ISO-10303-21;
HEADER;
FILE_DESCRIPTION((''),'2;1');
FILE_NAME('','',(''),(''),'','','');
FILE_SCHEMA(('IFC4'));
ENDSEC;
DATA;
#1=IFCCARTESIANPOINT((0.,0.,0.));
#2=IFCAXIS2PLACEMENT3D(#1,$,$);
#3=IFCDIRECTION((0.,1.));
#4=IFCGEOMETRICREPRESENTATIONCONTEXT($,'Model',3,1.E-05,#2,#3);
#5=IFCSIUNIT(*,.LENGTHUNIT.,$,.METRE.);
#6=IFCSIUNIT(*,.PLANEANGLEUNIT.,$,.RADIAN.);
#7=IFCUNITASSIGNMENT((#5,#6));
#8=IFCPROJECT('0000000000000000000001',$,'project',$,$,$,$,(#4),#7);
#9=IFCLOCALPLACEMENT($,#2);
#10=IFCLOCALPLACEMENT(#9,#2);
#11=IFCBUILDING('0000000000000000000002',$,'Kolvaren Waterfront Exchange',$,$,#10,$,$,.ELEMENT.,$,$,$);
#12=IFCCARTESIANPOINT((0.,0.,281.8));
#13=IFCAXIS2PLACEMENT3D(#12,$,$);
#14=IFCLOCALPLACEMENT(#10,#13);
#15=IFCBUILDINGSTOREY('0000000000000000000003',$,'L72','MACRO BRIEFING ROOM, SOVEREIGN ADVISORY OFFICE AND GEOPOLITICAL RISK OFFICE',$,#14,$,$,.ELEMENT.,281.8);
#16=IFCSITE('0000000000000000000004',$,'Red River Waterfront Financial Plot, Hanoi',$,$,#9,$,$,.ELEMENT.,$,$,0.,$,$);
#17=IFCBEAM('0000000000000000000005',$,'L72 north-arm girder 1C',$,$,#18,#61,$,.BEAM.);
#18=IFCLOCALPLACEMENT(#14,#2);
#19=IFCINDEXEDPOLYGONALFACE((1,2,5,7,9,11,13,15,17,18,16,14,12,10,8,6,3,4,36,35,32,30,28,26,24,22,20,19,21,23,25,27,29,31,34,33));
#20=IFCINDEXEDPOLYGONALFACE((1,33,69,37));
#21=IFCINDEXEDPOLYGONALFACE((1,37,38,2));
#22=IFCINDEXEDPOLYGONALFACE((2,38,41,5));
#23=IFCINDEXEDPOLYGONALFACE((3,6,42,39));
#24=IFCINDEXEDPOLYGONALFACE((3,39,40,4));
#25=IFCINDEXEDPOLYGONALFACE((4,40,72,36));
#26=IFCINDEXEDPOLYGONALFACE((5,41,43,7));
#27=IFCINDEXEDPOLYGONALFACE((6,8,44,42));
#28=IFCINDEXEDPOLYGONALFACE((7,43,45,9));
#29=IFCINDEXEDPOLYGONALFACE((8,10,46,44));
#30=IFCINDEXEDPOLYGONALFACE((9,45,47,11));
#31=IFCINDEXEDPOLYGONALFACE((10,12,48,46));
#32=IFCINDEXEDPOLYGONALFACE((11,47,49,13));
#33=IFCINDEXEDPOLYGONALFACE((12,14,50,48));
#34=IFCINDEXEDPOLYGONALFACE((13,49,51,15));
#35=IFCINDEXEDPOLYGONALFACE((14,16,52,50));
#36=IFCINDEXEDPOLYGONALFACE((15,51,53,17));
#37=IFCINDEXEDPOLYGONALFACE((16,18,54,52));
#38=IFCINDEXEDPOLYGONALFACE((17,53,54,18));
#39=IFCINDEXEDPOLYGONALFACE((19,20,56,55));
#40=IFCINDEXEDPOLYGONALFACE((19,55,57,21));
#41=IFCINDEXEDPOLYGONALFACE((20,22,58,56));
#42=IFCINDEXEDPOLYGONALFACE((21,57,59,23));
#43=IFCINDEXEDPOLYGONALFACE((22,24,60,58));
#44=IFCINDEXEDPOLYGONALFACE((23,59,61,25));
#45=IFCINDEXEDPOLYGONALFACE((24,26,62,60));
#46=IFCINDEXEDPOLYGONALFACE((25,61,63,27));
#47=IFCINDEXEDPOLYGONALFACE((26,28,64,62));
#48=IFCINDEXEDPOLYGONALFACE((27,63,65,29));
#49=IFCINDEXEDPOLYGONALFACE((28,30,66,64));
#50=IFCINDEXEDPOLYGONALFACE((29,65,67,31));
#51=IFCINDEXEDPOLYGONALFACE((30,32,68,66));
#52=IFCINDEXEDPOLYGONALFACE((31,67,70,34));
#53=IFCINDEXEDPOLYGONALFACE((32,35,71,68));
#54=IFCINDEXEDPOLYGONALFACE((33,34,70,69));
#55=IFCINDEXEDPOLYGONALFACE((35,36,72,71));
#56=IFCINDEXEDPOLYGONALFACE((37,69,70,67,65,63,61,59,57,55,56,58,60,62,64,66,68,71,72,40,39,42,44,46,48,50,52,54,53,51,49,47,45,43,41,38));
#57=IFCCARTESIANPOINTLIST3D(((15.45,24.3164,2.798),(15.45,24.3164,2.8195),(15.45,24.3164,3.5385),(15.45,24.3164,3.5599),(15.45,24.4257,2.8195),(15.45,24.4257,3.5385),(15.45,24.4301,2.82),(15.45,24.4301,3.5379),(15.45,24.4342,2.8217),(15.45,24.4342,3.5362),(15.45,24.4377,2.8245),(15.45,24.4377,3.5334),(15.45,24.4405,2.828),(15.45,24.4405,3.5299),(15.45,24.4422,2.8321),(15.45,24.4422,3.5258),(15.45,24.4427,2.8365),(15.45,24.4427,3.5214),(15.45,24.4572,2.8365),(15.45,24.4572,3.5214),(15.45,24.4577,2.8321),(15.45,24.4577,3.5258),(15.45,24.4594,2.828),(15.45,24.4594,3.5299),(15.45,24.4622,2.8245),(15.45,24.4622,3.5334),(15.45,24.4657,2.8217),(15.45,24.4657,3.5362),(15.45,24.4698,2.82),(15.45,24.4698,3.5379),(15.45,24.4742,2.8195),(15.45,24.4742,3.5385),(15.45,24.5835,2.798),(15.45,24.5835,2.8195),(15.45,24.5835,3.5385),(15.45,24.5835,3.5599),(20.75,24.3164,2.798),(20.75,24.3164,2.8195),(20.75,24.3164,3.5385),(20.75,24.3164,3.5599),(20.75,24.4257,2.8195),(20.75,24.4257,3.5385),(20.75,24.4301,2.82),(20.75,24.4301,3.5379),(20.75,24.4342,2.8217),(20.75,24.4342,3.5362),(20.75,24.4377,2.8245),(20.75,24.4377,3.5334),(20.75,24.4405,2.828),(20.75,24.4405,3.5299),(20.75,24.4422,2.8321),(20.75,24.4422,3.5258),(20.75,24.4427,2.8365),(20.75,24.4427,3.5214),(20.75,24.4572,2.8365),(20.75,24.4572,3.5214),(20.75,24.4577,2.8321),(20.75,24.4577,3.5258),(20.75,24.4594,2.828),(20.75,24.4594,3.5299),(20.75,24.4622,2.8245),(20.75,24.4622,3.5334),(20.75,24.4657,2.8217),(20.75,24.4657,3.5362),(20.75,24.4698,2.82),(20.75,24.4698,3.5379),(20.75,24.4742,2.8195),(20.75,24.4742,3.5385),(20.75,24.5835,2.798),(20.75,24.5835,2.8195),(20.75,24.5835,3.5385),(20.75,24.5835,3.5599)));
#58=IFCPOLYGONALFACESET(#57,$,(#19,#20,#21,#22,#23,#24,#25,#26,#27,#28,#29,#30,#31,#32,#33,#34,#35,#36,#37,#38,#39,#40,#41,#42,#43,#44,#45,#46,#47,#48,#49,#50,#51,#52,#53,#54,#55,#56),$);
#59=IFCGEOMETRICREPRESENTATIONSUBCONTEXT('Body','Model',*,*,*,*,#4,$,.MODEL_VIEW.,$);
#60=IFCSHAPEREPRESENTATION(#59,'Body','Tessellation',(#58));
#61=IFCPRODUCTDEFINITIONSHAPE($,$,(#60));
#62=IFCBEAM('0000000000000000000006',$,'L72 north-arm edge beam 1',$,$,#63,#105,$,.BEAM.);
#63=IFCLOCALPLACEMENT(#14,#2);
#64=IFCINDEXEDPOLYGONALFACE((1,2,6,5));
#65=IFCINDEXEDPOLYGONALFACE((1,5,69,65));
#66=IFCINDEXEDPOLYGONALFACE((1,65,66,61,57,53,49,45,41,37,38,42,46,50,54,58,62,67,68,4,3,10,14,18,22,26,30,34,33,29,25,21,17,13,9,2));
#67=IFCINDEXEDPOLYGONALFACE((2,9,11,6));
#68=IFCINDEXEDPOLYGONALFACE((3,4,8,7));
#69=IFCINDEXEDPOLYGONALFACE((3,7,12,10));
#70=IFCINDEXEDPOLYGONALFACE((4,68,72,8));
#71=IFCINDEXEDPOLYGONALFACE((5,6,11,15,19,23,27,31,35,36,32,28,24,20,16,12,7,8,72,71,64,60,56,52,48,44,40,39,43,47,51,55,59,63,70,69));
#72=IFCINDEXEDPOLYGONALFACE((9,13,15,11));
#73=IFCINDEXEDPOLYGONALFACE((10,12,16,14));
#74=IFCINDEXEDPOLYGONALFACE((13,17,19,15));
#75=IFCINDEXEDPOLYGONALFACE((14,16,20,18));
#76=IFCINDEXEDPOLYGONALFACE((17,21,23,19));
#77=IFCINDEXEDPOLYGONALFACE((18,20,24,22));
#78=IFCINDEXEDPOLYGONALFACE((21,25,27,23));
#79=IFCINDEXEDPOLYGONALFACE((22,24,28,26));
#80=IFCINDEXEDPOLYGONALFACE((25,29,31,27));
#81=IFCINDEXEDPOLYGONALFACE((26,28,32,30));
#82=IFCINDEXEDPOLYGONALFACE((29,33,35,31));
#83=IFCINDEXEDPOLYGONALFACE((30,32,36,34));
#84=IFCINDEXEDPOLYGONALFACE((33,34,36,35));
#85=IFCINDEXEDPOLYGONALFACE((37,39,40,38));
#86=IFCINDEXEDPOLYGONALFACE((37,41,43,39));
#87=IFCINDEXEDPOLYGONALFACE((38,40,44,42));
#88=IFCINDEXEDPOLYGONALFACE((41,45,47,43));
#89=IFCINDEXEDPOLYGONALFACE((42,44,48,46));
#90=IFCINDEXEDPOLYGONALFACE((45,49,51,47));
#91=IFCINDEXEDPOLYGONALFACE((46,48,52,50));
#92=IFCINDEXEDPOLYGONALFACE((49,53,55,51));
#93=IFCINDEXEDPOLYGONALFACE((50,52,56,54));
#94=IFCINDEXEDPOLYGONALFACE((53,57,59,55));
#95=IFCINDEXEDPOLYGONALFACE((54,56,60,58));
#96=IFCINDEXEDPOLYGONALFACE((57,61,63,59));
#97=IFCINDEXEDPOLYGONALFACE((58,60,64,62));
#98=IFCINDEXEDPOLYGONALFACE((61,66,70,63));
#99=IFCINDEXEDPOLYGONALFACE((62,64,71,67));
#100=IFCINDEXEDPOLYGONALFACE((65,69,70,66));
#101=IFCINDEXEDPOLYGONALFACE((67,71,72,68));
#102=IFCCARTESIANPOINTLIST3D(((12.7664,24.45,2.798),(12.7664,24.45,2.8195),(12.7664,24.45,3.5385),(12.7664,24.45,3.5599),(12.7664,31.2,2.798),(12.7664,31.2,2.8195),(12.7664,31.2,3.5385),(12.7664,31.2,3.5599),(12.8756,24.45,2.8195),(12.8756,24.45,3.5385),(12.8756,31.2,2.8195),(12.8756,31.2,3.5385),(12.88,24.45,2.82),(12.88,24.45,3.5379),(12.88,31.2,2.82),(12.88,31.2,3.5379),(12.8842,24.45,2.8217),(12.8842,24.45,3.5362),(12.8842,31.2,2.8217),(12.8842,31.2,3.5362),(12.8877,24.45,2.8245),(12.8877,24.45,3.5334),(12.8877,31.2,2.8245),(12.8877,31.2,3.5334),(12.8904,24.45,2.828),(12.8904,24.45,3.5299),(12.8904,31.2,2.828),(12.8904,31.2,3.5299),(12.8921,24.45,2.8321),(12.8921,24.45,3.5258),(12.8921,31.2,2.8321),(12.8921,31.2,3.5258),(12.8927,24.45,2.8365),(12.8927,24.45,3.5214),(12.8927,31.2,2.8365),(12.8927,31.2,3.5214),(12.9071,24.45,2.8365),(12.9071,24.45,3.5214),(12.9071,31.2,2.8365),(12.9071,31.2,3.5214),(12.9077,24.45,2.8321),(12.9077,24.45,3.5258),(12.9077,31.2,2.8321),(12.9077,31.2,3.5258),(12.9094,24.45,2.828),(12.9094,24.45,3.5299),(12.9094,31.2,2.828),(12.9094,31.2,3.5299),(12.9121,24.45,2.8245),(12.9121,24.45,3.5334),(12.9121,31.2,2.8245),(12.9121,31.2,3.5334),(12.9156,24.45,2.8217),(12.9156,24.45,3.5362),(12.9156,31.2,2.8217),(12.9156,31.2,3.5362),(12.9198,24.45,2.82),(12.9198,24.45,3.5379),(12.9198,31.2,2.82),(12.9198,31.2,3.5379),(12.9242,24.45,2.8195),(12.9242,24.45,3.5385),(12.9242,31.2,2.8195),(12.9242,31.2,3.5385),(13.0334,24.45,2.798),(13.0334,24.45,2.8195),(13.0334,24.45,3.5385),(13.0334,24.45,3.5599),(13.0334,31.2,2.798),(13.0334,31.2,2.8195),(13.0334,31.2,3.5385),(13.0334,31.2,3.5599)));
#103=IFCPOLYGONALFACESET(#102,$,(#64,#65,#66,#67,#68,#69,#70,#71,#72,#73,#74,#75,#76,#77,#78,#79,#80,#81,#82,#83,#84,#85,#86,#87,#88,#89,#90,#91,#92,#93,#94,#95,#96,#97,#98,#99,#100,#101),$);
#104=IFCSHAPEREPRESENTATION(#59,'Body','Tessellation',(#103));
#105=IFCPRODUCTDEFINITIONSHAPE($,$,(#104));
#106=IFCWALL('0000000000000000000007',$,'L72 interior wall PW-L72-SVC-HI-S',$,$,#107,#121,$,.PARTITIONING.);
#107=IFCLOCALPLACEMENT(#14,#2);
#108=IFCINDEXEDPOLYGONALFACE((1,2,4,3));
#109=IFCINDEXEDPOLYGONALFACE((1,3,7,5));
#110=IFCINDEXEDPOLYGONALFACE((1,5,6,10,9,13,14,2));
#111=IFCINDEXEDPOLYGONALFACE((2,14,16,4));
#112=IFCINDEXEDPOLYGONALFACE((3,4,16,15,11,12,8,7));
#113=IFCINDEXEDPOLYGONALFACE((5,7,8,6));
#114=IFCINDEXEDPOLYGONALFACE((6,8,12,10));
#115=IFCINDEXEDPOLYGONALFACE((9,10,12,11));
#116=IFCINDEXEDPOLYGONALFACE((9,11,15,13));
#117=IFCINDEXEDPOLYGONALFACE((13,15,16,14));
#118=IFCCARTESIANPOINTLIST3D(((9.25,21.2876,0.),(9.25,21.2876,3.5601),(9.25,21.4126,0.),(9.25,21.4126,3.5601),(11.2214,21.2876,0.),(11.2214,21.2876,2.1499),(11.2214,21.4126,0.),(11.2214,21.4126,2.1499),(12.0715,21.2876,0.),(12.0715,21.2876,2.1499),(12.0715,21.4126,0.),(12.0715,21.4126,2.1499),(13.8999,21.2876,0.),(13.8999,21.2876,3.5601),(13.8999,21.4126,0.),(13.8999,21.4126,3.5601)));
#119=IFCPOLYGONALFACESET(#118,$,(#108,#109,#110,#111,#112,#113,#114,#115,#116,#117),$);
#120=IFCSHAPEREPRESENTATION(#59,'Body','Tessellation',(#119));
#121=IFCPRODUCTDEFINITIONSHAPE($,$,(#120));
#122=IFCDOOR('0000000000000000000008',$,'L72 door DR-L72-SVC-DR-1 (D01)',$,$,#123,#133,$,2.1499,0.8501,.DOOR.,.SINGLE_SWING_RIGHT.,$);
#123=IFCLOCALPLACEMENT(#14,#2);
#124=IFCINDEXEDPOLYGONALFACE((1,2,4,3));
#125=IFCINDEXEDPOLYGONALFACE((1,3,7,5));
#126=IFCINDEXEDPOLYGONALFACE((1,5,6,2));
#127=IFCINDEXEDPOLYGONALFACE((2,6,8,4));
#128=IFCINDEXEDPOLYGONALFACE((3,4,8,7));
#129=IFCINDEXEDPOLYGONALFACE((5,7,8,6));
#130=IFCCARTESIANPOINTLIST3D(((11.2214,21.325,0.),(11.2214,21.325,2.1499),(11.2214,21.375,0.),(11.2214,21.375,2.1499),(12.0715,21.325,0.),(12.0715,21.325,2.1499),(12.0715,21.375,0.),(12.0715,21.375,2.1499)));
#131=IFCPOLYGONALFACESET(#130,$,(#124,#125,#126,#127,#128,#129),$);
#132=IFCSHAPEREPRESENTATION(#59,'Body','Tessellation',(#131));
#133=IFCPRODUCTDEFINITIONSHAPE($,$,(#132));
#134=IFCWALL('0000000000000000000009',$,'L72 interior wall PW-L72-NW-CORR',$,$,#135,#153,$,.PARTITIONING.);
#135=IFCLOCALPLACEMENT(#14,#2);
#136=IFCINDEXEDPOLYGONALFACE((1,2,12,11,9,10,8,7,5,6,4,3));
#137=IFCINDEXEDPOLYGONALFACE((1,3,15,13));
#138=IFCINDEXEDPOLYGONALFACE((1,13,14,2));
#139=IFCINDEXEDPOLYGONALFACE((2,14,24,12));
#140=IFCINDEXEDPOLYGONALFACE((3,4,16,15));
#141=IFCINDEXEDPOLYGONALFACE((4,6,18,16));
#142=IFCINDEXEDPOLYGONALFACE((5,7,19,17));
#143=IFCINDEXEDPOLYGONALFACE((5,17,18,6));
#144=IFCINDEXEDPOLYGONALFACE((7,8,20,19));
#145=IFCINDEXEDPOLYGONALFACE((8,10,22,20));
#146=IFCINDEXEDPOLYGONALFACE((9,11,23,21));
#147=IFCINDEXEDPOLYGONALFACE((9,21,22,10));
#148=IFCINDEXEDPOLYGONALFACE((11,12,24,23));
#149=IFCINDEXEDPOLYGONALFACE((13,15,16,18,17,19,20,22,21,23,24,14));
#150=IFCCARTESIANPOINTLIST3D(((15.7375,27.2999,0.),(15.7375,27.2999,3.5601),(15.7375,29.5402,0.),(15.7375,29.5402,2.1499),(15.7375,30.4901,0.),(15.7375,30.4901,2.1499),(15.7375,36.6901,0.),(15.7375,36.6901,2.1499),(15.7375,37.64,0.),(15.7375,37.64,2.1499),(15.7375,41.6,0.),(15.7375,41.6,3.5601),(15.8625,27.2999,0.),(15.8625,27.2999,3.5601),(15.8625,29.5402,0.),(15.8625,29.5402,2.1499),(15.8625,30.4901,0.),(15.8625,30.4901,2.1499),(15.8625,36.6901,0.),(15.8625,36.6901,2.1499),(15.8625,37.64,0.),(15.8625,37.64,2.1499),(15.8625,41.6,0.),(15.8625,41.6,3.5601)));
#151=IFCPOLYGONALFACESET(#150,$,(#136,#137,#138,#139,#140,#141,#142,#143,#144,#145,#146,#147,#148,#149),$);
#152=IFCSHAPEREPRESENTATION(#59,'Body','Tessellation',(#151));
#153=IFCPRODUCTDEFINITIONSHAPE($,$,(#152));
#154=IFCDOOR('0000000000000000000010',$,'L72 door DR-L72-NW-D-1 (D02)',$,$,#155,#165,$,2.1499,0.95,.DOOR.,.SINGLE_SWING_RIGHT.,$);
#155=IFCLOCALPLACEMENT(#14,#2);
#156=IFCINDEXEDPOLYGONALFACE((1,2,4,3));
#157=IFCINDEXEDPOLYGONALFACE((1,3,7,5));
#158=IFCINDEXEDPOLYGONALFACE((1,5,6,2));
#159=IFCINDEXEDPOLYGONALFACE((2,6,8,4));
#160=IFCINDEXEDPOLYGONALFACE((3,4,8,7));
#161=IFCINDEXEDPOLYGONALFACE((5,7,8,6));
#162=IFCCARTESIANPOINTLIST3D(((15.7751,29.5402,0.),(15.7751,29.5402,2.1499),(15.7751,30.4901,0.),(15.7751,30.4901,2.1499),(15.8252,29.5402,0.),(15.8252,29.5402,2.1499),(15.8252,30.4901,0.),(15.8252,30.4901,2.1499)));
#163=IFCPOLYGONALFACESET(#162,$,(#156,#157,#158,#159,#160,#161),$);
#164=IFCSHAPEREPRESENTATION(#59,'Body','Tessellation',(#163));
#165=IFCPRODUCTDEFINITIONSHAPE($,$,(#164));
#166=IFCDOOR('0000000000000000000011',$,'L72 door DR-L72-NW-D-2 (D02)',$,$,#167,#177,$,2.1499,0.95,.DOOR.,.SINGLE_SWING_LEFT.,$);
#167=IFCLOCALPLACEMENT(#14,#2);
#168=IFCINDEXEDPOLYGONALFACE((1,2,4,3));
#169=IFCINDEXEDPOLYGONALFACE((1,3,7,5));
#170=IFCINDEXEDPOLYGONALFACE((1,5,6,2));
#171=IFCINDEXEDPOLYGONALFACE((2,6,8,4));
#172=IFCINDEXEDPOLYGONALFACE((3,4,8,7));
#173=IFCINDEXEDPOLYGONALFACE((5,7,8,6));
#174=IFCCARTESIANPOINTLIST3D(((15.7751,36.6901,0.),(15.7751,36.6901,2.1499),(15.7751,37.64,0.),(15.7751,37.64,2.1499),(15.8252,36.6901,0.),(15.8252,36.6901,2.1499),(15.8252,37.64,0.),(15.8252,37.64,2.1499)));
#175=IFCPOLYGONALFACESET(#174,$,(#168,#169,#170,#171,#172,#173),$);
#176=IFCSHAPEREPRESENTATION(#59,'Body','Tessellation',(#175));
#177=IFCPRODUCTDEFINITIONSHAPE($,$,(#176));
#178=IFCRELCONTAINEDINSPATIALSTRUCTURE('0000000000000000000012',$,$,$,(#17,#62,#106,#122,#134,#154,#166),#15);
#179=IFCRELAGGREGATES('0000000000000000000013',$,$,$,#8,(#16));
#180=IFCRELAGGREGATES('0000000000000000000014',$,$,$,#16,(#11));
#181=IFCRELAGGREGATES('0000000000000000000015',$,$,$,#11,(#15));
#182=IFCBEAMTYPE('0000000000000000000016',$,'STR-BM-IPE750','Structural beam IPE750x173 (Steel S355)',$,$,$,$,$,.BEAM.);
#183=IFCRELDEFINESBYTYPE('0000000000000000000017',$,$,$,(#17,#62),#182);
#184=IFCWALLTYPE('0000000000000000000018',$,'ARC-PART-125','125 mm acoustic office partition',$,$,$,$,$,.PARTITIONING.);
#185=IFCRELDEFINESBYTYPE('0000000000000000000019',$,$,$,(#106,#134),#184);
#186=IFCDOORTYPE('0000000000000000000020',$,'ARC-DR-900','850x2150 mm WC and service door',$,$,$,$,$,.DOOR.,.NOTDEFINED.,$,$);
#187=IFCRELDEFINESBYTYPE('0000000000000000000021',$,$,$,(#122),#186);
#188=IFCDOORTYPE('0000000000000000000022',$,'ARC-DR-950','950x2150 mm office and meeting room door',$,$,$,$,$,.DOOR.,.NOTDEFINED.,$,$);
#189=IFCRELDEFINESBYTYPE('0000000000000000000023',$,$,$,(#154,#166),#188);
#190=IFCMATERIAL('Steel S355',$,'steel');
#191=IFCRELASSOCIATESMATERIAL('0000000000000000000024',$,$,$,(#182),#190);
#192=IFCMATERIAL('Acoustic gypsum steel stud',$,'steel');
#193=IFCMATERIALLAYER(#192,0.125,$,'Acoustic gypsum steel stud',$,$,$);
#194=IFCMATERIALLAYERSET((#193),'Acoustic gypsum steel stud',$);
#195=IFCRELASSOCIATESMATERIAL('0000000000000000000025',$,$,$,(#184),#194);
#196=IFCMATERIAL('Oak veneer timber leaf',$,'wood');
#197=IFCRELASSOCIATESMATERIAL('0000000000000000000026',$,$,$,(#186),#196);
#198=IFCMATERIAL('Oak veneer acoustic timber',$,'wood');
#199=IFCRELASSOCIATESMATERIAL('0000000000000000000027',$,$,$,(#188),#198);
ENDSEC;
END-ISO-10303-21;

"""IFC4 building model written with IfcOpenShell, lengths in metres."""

from ifc_helpers import new_model, si_unit, direction, frame, frame_2d, origin, origin_2d, place, context, subcontext, project, spatial, rectangle, i_section, extrude, material, layer, layer_set, material_profile, profile_set, type_object, element, fill, save


model = new_model("IFC4")

# Units and contexts
model_context = context("Model", 3, precision=1e-05, world=origin(), true_north=direction((0.0, 1.0)))
body_context = subcontext(model_context, "Body", "Model", "MODEL_VIEW")
ifc_project = project(units=[si_unit("LENGTHUNIT", "METRE"), si_unit("PLANEANGLEUNIT", "RADIAN")], contexts=[model_context])

# Site, building, storey
site_placement = place(None, origin())
site = spatial("IfcSite", under=ifc_project, at=site_placement, Name="Red River Waterfront Financial Plot, Hanoi", CompositionType="ELEMENT", RefElevation=0.0)
building_placement = place(site_placement, origin())
building = spatial("IfcBuilding", under=site, at=building_placement, Name="Kolvaren Waterfront Exchange", CompositionType="ELEMENT")
storey_placement = place(building_placement, frame((0.0, 0.0, 281.8)))
storey = spatial("IfcBuildingStorey", under=building, at=storey_placement, Name="L72", Description="MACRO BRIEFING ROOM, SOVEREIGN ADVISORY OFFICE AND GEOPOLITICAL RISK OFFICE", CompositionType="ELEMENT", Elevation=281.8)

# Beams
ifc_material_1 = material(Name="Steel S355", Category="steel")
ifc_material_profile_1 = material_profile(ifc_material_1, i_section(OverallWidth=0.2671, OverallDepth=0.762, WebThickness=0.0144, FlangeThickness=0.0215, FilletRadius=0.0171, at=origin_2d()), Name="IPE750x173")
ifc_profile_set_1 = profile_set([ifc_material_profile_1], Name="Steel S355")
beam_type_1 = type_object("IfcBeamType", Name="STR-BM-IPE750", Description="Structural beam IPE750x173 (Steel S355)", PredefinedType="BEAM", material=ifc_profile_set_1)
beam_1_placement = place(storey_placement, frame((15.45, 24.45, 3.179), z_axis=(1.0, 0.0, 0.0), x_axis=(0.0, 1.0, 0.0)))
element("IfcBeam", 1, at=beam_1_placement, inside=storey, type_object=beam_type_1, Name="L72 north-arm girder 1C", PredefinedType="BEAM", context=body_context, shape_type="SweptSolid", body=[
    extrude(i_section(OverallWidth=0.2671, OverallDepth=0.762, WebThickness=0.0144, FlangeThickness=0.0215, FilletRadius=0.0171, at=origin_2d()), origin(), (0.0, 0.0, 1.0), 5.3),
])
beam_2_placement = place(storey_placement, frame((12.8999, 24.45, 3.179), z_axis=(0.0, 1.0, 0.0), x_axis=(-1.0, 0.0, 0.0)))
element("IfcBeam", 2, at=beam_2_placement, inside=storey, type_object=beam_type_1, Name="L72 north-arm edge beam 1", PredefinedType="BEAM", context=body_context, shape_type="SweptSolid", body=[
    extrude(i_section(OverallWidth=0.2671, OverallDepth=0.762, WebThickness=0.0144, FlangeThickness=0.0215, FilletRadius=0.0171, at=origin_2d()), origin(), (0.0, 0.0, 1.0), 6.75),
])

# Wall, opening, door
ifc_material_2 = material(Name="Acoustic gypsum steel stud", Category="steel")
ifc_layer_1 = layer(ifc_material_2, 0.125, Name="Acoustic gypsum steel stud")
ifc_layer_set_1 = layer_set([ifc_layer_1], Name="Acoustic gypsum steel stud")
wall_type_1 = type_object("IfcWallType", Name="ARC-PART-125", Description="125 mm acoustic office partition", PredefinedType="PARTITIONING", material=ifc_layer_set_1)
wall_1_placement = place(storey_placement, frame((9.25, 21.3501, 0.0), z_axis=(0.0, 0.0, 1.0), x_axis=(1.0, 0.0, 0.0)))
wall_1 = element("IfcWall", 3, at=wall_1_placement, inside=storey, type_object=wall_type_1, Name="L72 interior wall PW-L72-SVC-HI-S", PredefinedType="PARTITIONING", context=body_context, shape_type="SweptSolid", body=[
    extrude(rectangle(XDim=4.6499, YDim=0.125, at=frame_2d((2.325, 0.0))), origin(), (0.0, 0.0, 1.0), 3.5601),
])
opening_1_placement = place(wall_1_placement, frame((1.9714, 0.0, 0.0)))
opening_1 = element("IfcOpeningElement", 4, at=opening_1_placement, cuts=wall_1, PredefinedType="OPENING", context=body_context, shape_type="SweptSolid", body=[
    extrude(rectangle(XDim=0.8501, YDim=2.1499, at=frame_2d((0.425, 1.075))), frame((0.0, 0.0725, 0.0), z_axis=(0.0, -1.0, 0.0), x_axis=(1.0, 0.0, 0.0)), (0.0, 0.0, 1.0), 0.145),
])
ifc_material_3 = material(Name="Oak veneer timber leaf", Category="wood")
door_type_1 = type_object("IfcDoorType", Name="ARC-DR-900", Description="850x2150 mm WC and service door", OperationType="NOTDEFINED", PredefinedType="DOOR", material=ifc_material_3)
door_1_placement = place(opening_1_placement, origin())
door_1 = element("IfcDoor", 5, at=door_1_placement, inside=storey, type_object=door_type_1, Name="L72 door DR-L72-SVC-DR-1 (D01)", OperationType="SINGLE_SWING_RIGHT", OverallHeight=2.1499, OverallWidth=0.8501, PredefinedType="DOOR", context=body_context, shape_type="SweptSolid", body=[
    extrude(rectangle(XDim=0.8501, YDim=2.1499, at=frame_2d((0.425, 1.075))), frame((0.0, 0.0249, 0.0), z_axis=(0.0, -1.0, 0.0), x_axis=(1.0, 0.0, 0.0)), (0.0, 0.0, 1.0), 0.05),
])
fill(opening_1, door_1)

# Wall, openings, doors
wall_2_placement = place(storey_placement, frame((15.8, 27.3, 0.0), z_axis=(0.0, 0.0, 1.0), x_axis=(0.0, 1.0, 0.0)))
wall_2 = element("IfcWall", 6, at=wall_2_placement, inside=storey, type_object=wall_type_1, Name="L72 interior wall PW-L72-NW-CORR", PredefinedType="PARTITIONING", context=body_context, shape_type="SweptSolid", body=[
    extrude(rectangle(XDim=14.3, YDim=0.125, at=frame_2d((7.1499, 0.0))), origin(), (0.0, 0.0, 1.0), 3.5601),
])
opening_2_placement = place(wall_2_placement, frame((2.24, 0.0, 0.0)))
opening_2 = element("IfcOpeningElement", 7, at=opening_2_placement, cuts=wall_2, PredefinedType="OPENING", context=body_context, shape_type="SweptSolid", body=[
    extrude(rectangle(XDim=0.95, YDim=2.1499, at=frame_2d((0.4751, 1.075))), frame((0.0, 0.0725, 0.0), z_axis=(0.0, -1.0, 0.0), x_axis=(1.0, 0.0, 0.0)), (0.0, 0.0, 1.0), 0.145),
])
opening_3_placement = place(wall_2_placement, frame((9.3899, 0.0, 0.0)))
opening_3 = element("IfcOpeningElement", 8, at=opening_3_placement, cuts=wall_2, PredefinedType="OPENING", context=body_context, shape_type="SweptSolid", body=[
    extrude(rectangle(XDim=0.95, YDim=2.1499, at=frame_2d((0.4751, 1.075))), frame((0.0, 0.0725, 0.0), z_axis=(0.0, -1.0, 0.0), x_axis=(1.0, 0.0, 0.0)), (0.0, 0.0, 1.0), 0.145),
])
ifc_material_4 = material(Name="Oak veneer acoustic timber", Category="wood")
door_type_2 = type_object("IfcDoorType", Name="ARC-DR-950", Description="950x2150 mm office and meeting room door", OperationType="NOTDEFINED", PredefinedType="DOOR", material=ifc_material_4)
door_2_placement = place(opening_2_placement, origin())
door_2 = element("IfcDoor", 9, at=door_2_placement, inside=storey, type_object=door_type_2, Name="L72 door DR-L72-NW-D-1 (D02)", OperationType="SINGLE_SWING_RIGHT", OverallHeight=2.1499, OverallWidth=0.95, PredefinedType="DOOR", context=body_context, shape_type="SweptSolid", body=[
    extrude(rectangle(XDim=0.95, YDim=2.1499, at=frame_2d((0.4751, 1.075))), frame((0.0, 0.0249, 0.0), z_axis=(0.0, -1.0, 0.0), x_axis=(1.0, 0.0, 0.0)), (0.0, 0.0, 1.0), 0.05),
])
fill(opening_2, door_2)
door_3_placement = place(opening_3_placement, origin())
door_3 = element("IfcDoor", 10, at=door_3_placement, inside=storey, type_object=door_type_2, Name="L72 door DR-L72-NW-D-2 (D02)", OperationType="SINGLE_SWING_LEFT", OverallHeight=2.1499, OverallWidth=0.95, PredefinedType="DOOR", context=body_context, shape_type="SweptSolid", body=[
    extrude(rectangle(XDim=0.95, YDim=2.1499, at=frame_2d((0.4751, 1.075))), frame((0.0, 0.0249, 0.0), z_axis=(0.0, -1.0, 0.0), x_axis=(1.0, 0.0, 0.0)), (0.0, 0.0, 1.0), 0.05),
])
fill(opening_3, door_3)

save(model, "model.ifc")
